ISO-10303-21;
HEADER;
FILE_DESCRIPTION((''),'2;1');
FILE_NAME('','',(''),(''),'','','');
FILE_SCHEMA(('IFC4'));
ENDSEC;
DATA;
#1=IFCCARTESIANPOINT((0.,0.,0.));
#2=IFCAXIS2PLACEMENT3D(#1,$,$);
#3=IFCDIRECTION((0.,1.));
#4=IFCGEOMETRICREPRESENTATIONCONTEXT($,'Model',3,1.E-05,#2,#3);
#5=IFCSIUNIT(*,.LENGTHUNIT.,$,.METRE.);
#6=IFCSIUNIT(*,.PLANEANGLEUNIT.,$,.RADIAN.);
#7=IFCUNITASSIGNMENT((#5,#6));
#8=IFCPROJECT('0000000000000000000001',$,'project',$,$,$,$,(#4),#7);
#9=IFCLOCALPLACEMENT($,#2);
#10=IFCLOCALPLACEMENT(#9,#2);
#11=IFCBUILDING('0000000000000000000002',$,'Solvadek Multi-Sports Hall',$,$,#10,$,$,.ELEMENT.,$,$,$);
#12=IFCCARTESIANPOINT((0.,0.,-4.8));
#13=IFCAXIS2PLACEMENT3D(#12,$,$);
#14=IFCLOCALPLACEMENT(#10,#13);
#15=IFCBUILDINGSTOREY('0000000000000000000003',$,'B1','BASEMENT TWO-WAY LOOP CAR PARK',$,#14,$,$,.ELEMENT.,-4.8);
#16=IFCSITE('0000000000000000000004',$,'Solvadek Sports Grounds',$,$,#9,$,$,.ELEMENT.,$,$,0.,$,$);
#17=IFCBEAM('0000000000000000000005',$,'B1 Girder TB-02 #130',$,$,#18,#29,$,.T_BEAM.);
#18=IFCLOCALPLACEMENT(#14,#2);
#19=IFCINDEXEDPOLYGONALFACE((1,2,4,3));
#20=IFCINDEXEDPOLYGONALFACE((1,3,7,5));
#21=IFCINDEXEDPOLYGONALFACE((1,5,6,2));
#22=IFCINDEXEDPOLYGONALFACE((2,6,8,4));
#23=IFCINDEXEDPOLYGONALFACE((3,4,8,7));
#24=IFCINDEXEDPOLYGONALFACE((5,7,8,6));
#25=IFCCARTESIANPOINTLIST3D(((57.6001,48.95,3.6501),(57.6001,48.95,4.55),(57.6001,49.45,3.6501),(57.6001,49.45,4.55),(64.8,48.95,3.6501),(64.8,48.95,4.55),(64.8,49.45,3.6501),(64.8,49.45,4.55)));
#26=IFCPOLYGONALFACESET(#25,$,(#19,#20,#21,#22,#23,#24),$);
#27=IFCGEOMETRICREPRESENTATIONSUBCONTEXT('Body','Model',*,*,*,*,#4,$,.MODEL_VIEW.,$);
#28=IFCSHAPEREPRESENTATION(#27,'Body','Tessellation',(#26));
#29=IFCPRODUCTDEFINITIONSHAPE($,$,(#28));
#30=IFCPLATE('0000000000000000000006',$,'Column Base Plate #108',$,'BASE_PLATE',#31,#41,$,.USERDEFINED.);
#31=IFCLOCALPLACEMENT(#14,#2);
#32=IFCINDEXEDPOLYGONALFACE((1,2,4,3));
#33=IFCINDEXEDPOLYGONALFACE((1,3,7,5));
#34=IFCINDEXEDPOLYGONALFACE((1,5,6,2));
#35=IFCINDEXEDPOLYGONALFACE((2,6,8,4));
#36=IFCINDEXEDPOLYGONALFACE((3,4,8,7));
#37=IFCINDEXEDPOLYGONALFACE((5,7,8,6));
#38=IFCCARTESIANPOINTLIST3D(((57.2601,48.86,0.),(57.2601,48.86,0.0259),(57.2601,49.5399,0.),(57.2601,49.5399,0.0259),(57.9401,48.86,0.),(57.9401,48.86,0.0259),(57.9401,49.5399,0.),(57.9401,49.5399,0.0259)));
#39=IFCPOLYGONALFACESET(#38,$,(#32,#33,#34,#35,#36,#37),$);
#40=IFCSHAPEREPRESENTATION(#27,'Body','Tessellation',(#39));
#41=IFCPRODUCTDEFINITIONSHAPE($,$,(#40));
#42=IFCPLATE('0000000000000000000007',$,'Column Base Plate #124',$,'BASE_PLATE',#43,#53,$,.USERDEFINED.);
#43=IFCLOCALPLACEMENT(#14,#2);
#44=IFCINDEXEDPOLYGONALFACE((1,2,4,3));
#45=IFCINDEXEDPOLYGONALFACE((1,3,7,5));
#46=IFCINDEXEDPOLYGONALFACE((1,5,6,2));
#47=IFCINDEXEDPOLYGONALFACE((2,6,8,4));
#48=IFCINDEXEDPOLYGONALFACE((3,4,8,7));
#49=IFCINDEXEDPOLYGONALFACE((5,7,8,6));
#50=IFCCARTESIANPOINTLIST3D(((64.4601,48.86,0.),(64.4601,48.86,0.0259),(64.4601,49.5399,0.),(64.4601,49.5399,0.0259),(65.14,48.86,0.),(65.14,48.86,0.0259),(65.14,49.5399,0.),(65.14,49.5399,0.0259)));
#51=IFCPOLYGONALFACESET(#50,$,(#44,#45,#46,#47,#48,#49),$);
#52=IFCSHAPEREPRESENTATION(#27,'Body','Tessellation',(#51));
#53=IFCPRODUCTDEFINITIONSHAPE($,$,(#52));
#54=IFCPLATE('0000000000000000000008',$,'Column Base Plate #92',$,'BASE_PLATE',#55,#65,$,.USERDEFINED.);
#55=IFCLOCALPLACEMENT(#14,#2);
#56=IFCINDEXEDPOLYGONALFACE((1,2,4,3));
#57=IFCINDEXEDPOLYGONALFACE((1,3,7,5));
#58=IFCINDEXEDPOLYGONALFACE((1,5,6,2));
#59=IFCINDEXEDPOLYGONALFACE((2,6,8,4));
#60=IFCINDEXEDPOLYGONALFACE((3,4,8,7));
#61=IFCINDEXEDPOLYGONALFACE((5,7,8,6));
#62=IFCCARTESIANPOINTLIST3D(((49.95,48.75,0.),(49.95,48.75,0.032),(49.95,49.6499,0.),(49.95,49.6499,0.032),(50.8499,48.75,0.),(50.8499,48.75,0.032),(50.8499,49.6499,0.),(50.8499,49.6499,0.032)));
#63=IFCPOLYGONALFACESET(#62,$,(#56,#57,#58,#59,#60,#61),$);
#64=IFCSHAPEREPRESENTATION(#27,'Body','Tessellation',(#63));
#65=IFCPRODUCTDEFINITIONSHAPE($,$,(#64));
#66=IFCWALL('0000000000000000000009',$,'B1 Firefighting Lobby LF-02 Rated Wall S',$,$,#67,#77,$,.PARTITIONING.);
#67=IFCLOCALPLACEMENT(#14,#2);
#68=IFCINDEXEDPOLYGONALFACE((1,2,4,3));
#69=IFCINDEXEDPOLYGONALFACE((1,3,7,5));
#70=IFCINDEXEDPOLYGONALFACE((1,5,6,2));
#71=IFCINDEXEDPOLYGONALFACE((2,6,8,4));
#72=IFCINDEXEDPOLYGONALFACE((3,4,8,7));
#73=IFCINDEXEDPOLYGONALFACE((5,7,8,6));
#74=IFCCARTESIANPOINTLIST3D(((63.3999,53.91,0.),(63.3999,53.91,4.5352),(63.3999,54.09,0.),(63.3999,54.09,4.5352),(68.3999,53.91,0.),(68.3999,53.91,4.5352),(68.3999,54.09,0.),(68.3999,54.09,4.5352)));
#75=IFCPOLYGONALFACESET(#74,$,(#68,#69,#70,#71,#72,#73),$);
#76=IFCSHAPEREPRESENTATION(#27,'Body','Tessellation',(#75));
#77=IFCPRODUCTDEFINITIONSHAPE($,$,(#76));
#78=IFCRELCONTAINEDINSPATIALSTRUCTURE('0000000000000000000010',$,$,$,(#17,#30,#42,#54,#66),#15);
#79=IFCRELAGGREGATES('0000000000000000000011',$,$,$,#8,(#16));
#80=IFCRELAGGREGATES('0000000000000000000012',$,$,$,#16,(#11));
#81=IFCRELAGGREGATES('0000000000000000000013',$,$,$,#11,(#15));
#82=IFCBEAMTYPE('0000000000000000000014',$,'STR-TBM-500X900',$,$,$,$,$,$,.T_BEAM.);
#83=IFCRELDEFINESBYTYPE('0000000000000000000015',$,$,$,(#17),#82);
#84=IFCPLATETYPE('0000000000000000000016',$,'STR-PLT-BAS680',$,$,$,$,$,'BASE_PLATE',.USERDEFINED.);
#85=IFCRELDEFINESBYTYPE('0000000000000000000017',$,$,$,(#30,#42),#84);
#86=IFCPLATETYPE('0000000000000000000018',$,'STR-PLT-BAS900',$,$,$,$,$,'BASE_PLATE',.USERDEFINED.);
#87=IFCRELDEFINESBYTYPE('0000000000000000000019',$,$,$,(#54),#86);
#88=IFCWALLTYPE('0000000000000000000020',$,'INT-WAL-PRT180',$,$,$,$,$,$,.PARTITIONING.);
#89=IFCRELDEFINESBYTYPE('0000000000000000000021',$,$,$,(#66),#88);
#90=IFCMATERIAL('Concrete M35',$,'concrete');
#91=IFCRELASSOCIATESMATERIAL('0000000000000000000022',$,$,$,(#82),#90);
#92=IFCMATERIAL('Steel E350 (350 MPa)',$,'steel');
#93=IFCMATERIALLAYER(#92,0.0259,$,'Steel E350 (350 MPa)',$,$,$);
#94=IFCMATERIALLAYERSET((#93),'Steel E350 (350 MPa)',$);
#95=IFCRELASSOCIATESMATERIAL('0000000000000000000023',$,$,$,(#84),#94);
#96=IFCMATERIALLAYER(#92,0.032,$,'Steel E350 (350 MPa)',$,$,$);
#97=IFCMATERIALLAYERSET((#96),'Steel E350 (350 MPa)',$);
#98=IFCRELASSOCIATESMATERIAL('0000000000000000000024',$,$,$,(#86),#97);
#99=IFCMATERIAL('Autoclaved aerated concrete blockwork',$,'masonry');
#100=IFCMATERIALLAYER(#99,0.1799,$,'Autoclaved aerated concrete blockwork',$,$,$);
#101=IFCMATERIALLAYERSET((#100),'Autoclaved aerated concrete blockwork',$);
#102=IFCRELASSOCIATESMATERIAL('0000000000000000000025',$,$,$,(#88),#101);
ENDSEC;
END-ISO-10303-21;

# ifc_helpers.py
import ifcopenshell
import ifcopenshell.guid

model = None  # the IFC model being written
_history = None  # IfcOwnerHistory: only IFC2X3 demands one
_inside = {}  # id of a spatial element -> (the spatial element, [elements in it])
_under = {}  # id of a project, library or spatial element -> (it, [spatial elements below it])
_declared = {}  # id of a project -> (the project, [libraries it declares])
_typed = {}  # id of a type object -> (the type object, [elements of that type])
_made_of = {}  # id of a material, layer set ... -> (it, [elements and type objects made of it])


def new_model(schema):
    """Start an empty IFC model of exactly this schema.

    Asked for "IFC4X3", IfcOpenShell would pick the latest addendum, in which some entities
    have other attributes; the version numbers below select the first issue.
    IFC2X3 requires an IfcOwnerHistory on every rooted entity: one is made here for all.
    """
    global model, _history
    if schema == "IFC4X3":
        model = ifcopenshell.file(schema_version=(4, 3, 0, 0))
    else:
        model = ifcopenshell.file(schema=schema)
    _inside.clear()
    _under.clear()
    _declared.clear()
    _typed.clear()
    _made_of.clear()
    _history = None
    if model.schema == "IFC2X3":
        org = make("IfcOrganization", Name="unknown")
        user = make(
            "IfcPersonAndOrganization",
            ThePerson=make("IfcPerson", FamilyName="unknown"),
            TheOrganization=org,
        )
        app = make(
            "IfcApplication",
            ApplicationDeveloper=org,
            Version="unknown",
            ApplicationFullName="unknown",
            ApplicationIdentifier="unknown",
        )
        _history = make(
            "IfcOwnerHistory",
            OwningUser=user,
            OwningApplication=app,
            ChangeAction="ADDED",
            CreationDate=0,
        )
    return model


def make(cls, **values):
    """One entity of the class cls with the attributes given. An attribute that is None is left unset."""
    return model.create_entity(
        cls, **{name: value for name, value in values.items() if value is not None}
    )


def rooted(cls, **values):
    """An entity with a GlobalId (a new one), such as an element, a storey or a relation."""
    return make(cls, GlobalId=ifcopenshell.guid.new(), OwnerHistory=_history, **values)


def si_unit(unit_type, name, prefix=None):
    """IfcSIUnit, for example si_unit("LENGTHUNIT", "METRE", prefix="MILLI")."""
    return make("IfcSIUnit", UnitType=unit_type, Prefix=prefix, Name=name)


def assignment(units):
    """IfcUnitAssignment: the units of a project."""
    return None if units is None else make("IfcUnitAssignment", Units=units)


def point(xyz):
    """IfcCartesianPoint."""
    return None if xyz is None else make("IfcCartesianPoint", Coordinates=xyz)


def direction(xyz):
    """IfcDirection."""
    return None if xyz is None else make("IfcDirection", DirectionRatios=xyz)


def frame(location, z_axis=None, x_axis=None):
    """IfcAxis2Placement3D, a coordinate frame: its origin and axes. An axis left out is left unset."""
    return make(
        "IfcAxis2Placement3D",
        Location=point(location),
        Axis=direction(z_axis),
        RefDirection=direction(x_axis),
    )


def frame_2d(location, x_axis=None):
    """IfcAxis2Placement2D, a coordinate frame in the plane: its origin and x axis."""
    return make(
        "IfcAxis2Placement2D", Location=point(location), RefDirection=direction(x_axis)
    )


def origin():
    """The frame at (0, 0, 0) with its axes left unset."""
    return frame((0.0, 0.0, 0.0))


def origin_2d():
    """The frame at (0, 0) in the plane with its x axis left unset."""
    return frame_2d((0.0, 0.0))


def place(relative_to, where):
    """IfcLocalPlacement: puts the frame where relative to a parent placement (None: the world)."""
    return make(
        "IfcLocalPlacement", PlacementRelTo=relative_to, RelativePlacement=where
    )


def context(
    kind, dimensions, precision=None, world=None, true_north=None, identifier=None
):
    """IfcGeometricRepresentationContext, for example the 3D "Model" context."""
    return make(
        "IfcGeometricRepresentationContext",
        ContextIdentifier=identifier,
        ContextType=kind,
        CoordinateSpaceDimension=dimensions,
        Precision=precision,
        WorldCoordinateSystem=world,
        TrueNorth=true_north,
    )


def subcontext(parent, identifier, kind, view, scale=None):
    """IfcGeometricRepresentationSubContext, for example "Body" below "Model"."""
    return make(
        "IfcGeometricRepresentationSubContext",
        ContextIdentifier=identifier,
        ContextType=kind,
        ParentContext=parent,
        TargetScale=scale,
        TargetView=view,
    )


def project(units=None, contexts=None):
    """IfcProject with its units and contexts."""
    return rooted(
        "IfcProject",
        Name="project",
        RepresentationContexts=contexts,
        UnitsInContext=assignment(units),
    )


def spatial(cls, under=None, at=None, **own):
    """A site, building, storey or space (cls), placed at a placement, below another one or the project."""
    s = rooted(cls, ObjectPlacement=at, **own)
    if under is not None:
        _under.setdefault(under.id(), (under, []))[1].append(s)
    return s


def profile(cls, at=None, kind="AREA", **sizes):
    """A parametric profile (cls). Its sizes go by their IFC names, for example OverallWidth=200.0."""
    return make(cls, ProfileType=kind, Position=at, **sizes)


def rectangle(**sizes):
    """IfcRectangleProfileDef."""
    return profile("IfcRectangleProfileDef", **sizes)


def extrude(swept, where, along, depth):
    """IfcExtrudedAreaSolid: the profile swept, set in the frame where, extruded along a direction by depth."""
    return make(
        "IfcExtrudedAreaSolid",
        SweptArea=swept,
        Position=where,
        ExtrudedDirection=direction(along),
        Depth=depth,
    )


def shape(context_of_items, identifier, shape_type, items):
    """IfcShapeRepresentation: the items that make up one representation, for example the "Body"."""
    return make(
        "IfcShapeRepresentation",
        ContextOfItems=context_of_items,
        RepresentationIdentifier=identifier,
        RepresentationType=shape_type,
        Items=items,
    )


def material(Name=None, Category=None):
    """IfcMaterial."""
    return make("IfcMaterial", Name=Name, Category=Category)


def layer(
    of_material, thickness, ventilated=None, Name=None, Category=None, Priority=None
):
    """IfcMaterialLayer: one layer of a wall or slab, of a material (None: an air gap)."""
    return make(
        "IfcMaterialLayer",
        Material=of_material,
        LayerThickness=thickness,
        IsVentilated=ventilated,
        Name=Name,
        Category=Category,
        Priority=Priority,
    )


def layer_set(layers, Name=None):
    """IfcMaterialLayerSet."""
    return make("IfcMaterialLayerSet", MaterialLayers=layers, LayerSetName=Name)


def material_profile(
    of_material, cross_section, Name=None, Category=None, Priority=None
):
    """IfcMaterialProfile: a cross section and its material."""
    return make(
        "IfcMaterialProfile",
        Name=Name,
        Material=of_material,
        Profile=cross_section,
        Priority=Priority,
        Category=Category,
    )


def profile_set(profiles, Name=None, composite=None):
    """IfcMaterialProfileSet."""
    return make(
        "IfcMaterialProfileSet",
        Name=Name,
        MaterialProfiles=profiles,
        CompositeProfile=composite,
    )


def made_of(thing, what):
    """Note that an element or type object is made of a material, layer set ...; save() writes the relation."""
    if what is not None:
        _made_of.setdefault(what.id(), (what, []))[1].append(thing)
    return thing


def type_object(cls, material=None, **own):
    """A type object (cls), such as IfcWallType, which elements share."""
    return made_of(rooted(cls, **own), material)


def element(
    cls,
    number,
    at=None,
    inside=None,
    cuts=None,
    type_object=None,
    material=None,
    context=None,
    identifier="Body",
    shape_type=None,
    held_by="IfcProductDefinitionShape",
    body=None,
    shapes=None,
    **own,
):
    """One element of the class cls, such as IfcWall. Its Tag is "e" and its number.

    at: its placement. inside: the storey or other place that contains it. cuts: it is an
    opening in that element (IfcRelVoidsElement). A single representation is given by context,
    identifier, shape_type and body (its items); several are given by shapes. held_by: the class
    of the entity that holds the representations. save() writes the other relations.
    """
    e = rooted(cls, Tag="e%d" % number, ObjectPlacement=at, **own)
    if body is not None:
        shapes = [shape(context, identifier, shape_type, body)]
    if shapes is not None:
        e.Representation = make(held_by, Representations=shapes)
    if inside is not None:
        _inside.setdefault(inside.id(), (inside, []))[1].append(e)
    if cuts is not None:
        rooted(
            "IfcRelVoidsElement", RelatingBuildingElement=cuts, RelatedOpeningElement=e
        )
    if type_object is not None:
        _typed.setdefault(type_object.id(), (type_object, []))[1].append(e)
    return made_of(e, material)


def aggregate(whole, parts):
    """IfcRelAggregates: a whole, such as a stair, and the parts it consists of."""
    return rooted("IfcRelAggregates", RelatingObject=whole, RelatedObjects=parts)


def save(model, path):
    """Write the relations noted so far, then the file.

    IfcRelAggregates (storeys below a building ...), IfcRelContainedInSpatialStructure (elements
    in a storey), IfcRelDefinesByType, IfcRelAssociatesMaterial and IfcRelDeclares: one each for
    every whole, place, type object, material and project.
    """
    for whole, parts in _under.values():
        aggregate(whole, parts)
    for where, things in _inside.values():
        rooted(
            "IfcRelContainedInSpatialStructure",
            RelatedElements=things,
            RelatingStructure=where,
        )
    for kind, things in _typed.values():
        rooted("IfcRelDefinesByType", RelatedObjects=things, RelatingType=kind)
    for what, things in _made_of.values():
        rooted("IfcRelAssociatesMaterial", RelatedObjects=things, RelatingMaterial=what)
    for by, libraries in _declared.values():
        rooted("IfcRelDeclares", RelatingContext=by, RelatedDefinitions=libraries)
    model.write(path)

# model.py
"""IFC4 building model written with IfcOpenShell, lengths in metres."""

from ifc_helpers import new_model, si_unit, direction, frame, frame_2d, origin, origin_2d, place, context, subcontext, project, spatial, rectangle, extrude, material, layer, layer_set, material_profile, profile_set, type_object, element, save


model = new_model("IFC4")

# Units and contexts
model_context = context("Model", 3, precision=1e-05, world=origin(), true_north=direction((0.0, 1.0)))
body_context = subcontext(model_context, "Body", "Model", "MODEL_VIEW")
ifc_project = project(units=[si_unit("LENGTHUNIT", "METRE"), si_unit("PLANEANGLEUNIT", "RADIAN")], contexts=[model_context])

# Site, building, storey
site_placement = place(None, origin())
site = spatial("IfcSite", under=ifc_project, at=site_placement, Name="Solvadek Sports Grounds", CompositionType="ELEMENT", RefElevation=0.0)
building_placement = place(site_placement, origin())
building = spatial("IfcBuilding", under=site, at=building_placement, Name="Solvadek Multi-Sports Hall", CompositionType="ELEMENT")
storey_placement = place(building_placement, frame((0.0, 0.0, -4.8)))
storey = spatial("IfcBuildingStorey", under=building, at=storey_placement, Name="B1", Description="BASEMENT TWO-WAY LOOP CAR PARK", CompositionType="ELEMENT", Elevation=-4.8)

# Shared definitions
ifc_material_1 = material(Name="Concrete M35", Category="concrete")

# Shared definitions
ifc_material_2 = material(Name="Steel E350 (350 MPa)", Category="steel")

# Beam
ifc_material_profile_1 = material_profile(ifc_material_1, rectangle(XDim=0.5, YDim=0.8999, at=origin_2d()), Name="RC T-BEAM 500x900")
ifc_profile_set_1 = profile_set([ifc_material_profile_1], Name="Concrete M35")
beam_type_1 = type_object("IfcBeamType", Name="STR-TBM-500X900", PredefinedType="T_BEAM", material=ifc_profile_set_1)
beam_1_placement = place(storey_placement, frame((57.6001, 49.2, 4.1001), z_axis=(1.0, 0.0, 0.0), x_axis=(0.0, 1.0, 0.0)))
element("IfcBeam", 1, at=beam_1_placement, inside=storey, type_object=beam_type_1, Name="B1 Girder TB-02 #130", PredefinedType="T_BEAM", context=body_context, shape_type="SweptSolid", body=[
    extrude(rectangle(XDim=0.5, YDim=0.8999, at=origin_2d()), origin(), (0.0, 0.0, 1.0), 7.2),
])

# Plates
ifc_layer_1 = layer(ifc_material_2, 0.0259, Name="Steel E350 (350 MPa)")
ifc_layer_set_1 = layer_set([ifc_layer_1], Name="Steel E350 (350 MPa)")
plate_type_1 = type_object("IfcPlateType", Name="STR-PLT-BAS680", ElementType="BASE_PLATE", PredefinedType="USERDEFINED", material=ifc_layer_set_1)
for number, where, z_axis, x_axis, name in (
    (2, (57.6001, 49.2, 0.0), (0.0, 0.0, 1.0), (1.0, 0.0, 0.0), "Column Base Plate #108"),
    (3, (64.8, 49.2, 0.0), (0.0, 0.0, 1.0), (1.0, 0.0, 0.0), "Column Base Plate #124"),
):
    element("IfcPlate", number, at=place(storey_placement, frame(where, z_axis=z_axis, x_axis=x_axis)), inside=storey, type_object=plate_type_1, Name=name, ObjectType="BASE_PLATE", PredefinedType="USERDEFINED", context=body_context, shape_type="SweptSolid", body=[
        extrude(rectangle(XDim=0.6799, YDim=0.6799, at=origin_2d()), origin(), (0.0, 0.0, 1.0), 0.0259),
    ])
ifc_layer_2 = layer(ifc_material_2, 0.032, Name="Steel E350 (350 MPa)")
ifc_layer_set_2 = layer_set([ifc_layer_2], Name="Steel E350 (350 MPa)")
plate_type_2 = type_object("IfcPlateType", Name="STR-PLT-BAS900", ElementType="BASE_PLATE", PredefinedType="USERDEFINED", material=ifc_layer_set_2)
plate_placement = place(storey_placement, frame((50.3999, 49.2, 0.0), z_axis=(0.0, 0.0, 1.0), x_axis=(1.0, 0.0, 0.0)))
element("IfcPlate", 4, at=plate_placement, inside=storey, type_object=plate_type_2, Name="Column Base Plate #92", ObjectType="BASE_PLATE", PredefinedType="USERDEFINED", context=body_context, shape_type="SweptSolid", body=[
    extrude(rectangle(XDim=0.8999, YDim=0.8999, at=origin_2d()), origin(), (0.0, 0.0, 1.0), 0.032),
])

# Shared definitions
ifc_material_3 = material(Name="Autoclaved aerated concrete blockwork", Category="masonry")
ifc_layer_3 = layer(ifc_material_3, 0.1799, Name="Autoclaved aerated concrete blockwork")
ifc_layer_set_3 = layer_set([ifc_layer_3], Name="Autoclaved aerated concrete blockwork")
wall_type = type_object("IfcWallType", Name="INT-WAL-PRT180", PredefinedType="PARTITIONING", material=ifc_layer_set_3)

# Wall
wall_1_placement = place(storey_placement, frame((63.3999, 54.0, 0.0), z_axis=(0.0, 0.0, 1.0), x_axis=(1.0, 0.0, 0.0)))
element("IfcWall", 5, at=wall_1_placement, inside=storey, type_object=wall_type, Name="B1 Firefighting Lobby LF-02 Rated Wall S", PredefinedType="PARTITIONING", context=body_context, shape_type="SweptSolid", body=[
    extrude(rectangle(XDim=5.0, YDim=0.1799, at=frame_2d((2.5, 0.0))), origin(), (0.0, 0.0, 1.0), 4.5352),
])

save(model, "model.ifc")
